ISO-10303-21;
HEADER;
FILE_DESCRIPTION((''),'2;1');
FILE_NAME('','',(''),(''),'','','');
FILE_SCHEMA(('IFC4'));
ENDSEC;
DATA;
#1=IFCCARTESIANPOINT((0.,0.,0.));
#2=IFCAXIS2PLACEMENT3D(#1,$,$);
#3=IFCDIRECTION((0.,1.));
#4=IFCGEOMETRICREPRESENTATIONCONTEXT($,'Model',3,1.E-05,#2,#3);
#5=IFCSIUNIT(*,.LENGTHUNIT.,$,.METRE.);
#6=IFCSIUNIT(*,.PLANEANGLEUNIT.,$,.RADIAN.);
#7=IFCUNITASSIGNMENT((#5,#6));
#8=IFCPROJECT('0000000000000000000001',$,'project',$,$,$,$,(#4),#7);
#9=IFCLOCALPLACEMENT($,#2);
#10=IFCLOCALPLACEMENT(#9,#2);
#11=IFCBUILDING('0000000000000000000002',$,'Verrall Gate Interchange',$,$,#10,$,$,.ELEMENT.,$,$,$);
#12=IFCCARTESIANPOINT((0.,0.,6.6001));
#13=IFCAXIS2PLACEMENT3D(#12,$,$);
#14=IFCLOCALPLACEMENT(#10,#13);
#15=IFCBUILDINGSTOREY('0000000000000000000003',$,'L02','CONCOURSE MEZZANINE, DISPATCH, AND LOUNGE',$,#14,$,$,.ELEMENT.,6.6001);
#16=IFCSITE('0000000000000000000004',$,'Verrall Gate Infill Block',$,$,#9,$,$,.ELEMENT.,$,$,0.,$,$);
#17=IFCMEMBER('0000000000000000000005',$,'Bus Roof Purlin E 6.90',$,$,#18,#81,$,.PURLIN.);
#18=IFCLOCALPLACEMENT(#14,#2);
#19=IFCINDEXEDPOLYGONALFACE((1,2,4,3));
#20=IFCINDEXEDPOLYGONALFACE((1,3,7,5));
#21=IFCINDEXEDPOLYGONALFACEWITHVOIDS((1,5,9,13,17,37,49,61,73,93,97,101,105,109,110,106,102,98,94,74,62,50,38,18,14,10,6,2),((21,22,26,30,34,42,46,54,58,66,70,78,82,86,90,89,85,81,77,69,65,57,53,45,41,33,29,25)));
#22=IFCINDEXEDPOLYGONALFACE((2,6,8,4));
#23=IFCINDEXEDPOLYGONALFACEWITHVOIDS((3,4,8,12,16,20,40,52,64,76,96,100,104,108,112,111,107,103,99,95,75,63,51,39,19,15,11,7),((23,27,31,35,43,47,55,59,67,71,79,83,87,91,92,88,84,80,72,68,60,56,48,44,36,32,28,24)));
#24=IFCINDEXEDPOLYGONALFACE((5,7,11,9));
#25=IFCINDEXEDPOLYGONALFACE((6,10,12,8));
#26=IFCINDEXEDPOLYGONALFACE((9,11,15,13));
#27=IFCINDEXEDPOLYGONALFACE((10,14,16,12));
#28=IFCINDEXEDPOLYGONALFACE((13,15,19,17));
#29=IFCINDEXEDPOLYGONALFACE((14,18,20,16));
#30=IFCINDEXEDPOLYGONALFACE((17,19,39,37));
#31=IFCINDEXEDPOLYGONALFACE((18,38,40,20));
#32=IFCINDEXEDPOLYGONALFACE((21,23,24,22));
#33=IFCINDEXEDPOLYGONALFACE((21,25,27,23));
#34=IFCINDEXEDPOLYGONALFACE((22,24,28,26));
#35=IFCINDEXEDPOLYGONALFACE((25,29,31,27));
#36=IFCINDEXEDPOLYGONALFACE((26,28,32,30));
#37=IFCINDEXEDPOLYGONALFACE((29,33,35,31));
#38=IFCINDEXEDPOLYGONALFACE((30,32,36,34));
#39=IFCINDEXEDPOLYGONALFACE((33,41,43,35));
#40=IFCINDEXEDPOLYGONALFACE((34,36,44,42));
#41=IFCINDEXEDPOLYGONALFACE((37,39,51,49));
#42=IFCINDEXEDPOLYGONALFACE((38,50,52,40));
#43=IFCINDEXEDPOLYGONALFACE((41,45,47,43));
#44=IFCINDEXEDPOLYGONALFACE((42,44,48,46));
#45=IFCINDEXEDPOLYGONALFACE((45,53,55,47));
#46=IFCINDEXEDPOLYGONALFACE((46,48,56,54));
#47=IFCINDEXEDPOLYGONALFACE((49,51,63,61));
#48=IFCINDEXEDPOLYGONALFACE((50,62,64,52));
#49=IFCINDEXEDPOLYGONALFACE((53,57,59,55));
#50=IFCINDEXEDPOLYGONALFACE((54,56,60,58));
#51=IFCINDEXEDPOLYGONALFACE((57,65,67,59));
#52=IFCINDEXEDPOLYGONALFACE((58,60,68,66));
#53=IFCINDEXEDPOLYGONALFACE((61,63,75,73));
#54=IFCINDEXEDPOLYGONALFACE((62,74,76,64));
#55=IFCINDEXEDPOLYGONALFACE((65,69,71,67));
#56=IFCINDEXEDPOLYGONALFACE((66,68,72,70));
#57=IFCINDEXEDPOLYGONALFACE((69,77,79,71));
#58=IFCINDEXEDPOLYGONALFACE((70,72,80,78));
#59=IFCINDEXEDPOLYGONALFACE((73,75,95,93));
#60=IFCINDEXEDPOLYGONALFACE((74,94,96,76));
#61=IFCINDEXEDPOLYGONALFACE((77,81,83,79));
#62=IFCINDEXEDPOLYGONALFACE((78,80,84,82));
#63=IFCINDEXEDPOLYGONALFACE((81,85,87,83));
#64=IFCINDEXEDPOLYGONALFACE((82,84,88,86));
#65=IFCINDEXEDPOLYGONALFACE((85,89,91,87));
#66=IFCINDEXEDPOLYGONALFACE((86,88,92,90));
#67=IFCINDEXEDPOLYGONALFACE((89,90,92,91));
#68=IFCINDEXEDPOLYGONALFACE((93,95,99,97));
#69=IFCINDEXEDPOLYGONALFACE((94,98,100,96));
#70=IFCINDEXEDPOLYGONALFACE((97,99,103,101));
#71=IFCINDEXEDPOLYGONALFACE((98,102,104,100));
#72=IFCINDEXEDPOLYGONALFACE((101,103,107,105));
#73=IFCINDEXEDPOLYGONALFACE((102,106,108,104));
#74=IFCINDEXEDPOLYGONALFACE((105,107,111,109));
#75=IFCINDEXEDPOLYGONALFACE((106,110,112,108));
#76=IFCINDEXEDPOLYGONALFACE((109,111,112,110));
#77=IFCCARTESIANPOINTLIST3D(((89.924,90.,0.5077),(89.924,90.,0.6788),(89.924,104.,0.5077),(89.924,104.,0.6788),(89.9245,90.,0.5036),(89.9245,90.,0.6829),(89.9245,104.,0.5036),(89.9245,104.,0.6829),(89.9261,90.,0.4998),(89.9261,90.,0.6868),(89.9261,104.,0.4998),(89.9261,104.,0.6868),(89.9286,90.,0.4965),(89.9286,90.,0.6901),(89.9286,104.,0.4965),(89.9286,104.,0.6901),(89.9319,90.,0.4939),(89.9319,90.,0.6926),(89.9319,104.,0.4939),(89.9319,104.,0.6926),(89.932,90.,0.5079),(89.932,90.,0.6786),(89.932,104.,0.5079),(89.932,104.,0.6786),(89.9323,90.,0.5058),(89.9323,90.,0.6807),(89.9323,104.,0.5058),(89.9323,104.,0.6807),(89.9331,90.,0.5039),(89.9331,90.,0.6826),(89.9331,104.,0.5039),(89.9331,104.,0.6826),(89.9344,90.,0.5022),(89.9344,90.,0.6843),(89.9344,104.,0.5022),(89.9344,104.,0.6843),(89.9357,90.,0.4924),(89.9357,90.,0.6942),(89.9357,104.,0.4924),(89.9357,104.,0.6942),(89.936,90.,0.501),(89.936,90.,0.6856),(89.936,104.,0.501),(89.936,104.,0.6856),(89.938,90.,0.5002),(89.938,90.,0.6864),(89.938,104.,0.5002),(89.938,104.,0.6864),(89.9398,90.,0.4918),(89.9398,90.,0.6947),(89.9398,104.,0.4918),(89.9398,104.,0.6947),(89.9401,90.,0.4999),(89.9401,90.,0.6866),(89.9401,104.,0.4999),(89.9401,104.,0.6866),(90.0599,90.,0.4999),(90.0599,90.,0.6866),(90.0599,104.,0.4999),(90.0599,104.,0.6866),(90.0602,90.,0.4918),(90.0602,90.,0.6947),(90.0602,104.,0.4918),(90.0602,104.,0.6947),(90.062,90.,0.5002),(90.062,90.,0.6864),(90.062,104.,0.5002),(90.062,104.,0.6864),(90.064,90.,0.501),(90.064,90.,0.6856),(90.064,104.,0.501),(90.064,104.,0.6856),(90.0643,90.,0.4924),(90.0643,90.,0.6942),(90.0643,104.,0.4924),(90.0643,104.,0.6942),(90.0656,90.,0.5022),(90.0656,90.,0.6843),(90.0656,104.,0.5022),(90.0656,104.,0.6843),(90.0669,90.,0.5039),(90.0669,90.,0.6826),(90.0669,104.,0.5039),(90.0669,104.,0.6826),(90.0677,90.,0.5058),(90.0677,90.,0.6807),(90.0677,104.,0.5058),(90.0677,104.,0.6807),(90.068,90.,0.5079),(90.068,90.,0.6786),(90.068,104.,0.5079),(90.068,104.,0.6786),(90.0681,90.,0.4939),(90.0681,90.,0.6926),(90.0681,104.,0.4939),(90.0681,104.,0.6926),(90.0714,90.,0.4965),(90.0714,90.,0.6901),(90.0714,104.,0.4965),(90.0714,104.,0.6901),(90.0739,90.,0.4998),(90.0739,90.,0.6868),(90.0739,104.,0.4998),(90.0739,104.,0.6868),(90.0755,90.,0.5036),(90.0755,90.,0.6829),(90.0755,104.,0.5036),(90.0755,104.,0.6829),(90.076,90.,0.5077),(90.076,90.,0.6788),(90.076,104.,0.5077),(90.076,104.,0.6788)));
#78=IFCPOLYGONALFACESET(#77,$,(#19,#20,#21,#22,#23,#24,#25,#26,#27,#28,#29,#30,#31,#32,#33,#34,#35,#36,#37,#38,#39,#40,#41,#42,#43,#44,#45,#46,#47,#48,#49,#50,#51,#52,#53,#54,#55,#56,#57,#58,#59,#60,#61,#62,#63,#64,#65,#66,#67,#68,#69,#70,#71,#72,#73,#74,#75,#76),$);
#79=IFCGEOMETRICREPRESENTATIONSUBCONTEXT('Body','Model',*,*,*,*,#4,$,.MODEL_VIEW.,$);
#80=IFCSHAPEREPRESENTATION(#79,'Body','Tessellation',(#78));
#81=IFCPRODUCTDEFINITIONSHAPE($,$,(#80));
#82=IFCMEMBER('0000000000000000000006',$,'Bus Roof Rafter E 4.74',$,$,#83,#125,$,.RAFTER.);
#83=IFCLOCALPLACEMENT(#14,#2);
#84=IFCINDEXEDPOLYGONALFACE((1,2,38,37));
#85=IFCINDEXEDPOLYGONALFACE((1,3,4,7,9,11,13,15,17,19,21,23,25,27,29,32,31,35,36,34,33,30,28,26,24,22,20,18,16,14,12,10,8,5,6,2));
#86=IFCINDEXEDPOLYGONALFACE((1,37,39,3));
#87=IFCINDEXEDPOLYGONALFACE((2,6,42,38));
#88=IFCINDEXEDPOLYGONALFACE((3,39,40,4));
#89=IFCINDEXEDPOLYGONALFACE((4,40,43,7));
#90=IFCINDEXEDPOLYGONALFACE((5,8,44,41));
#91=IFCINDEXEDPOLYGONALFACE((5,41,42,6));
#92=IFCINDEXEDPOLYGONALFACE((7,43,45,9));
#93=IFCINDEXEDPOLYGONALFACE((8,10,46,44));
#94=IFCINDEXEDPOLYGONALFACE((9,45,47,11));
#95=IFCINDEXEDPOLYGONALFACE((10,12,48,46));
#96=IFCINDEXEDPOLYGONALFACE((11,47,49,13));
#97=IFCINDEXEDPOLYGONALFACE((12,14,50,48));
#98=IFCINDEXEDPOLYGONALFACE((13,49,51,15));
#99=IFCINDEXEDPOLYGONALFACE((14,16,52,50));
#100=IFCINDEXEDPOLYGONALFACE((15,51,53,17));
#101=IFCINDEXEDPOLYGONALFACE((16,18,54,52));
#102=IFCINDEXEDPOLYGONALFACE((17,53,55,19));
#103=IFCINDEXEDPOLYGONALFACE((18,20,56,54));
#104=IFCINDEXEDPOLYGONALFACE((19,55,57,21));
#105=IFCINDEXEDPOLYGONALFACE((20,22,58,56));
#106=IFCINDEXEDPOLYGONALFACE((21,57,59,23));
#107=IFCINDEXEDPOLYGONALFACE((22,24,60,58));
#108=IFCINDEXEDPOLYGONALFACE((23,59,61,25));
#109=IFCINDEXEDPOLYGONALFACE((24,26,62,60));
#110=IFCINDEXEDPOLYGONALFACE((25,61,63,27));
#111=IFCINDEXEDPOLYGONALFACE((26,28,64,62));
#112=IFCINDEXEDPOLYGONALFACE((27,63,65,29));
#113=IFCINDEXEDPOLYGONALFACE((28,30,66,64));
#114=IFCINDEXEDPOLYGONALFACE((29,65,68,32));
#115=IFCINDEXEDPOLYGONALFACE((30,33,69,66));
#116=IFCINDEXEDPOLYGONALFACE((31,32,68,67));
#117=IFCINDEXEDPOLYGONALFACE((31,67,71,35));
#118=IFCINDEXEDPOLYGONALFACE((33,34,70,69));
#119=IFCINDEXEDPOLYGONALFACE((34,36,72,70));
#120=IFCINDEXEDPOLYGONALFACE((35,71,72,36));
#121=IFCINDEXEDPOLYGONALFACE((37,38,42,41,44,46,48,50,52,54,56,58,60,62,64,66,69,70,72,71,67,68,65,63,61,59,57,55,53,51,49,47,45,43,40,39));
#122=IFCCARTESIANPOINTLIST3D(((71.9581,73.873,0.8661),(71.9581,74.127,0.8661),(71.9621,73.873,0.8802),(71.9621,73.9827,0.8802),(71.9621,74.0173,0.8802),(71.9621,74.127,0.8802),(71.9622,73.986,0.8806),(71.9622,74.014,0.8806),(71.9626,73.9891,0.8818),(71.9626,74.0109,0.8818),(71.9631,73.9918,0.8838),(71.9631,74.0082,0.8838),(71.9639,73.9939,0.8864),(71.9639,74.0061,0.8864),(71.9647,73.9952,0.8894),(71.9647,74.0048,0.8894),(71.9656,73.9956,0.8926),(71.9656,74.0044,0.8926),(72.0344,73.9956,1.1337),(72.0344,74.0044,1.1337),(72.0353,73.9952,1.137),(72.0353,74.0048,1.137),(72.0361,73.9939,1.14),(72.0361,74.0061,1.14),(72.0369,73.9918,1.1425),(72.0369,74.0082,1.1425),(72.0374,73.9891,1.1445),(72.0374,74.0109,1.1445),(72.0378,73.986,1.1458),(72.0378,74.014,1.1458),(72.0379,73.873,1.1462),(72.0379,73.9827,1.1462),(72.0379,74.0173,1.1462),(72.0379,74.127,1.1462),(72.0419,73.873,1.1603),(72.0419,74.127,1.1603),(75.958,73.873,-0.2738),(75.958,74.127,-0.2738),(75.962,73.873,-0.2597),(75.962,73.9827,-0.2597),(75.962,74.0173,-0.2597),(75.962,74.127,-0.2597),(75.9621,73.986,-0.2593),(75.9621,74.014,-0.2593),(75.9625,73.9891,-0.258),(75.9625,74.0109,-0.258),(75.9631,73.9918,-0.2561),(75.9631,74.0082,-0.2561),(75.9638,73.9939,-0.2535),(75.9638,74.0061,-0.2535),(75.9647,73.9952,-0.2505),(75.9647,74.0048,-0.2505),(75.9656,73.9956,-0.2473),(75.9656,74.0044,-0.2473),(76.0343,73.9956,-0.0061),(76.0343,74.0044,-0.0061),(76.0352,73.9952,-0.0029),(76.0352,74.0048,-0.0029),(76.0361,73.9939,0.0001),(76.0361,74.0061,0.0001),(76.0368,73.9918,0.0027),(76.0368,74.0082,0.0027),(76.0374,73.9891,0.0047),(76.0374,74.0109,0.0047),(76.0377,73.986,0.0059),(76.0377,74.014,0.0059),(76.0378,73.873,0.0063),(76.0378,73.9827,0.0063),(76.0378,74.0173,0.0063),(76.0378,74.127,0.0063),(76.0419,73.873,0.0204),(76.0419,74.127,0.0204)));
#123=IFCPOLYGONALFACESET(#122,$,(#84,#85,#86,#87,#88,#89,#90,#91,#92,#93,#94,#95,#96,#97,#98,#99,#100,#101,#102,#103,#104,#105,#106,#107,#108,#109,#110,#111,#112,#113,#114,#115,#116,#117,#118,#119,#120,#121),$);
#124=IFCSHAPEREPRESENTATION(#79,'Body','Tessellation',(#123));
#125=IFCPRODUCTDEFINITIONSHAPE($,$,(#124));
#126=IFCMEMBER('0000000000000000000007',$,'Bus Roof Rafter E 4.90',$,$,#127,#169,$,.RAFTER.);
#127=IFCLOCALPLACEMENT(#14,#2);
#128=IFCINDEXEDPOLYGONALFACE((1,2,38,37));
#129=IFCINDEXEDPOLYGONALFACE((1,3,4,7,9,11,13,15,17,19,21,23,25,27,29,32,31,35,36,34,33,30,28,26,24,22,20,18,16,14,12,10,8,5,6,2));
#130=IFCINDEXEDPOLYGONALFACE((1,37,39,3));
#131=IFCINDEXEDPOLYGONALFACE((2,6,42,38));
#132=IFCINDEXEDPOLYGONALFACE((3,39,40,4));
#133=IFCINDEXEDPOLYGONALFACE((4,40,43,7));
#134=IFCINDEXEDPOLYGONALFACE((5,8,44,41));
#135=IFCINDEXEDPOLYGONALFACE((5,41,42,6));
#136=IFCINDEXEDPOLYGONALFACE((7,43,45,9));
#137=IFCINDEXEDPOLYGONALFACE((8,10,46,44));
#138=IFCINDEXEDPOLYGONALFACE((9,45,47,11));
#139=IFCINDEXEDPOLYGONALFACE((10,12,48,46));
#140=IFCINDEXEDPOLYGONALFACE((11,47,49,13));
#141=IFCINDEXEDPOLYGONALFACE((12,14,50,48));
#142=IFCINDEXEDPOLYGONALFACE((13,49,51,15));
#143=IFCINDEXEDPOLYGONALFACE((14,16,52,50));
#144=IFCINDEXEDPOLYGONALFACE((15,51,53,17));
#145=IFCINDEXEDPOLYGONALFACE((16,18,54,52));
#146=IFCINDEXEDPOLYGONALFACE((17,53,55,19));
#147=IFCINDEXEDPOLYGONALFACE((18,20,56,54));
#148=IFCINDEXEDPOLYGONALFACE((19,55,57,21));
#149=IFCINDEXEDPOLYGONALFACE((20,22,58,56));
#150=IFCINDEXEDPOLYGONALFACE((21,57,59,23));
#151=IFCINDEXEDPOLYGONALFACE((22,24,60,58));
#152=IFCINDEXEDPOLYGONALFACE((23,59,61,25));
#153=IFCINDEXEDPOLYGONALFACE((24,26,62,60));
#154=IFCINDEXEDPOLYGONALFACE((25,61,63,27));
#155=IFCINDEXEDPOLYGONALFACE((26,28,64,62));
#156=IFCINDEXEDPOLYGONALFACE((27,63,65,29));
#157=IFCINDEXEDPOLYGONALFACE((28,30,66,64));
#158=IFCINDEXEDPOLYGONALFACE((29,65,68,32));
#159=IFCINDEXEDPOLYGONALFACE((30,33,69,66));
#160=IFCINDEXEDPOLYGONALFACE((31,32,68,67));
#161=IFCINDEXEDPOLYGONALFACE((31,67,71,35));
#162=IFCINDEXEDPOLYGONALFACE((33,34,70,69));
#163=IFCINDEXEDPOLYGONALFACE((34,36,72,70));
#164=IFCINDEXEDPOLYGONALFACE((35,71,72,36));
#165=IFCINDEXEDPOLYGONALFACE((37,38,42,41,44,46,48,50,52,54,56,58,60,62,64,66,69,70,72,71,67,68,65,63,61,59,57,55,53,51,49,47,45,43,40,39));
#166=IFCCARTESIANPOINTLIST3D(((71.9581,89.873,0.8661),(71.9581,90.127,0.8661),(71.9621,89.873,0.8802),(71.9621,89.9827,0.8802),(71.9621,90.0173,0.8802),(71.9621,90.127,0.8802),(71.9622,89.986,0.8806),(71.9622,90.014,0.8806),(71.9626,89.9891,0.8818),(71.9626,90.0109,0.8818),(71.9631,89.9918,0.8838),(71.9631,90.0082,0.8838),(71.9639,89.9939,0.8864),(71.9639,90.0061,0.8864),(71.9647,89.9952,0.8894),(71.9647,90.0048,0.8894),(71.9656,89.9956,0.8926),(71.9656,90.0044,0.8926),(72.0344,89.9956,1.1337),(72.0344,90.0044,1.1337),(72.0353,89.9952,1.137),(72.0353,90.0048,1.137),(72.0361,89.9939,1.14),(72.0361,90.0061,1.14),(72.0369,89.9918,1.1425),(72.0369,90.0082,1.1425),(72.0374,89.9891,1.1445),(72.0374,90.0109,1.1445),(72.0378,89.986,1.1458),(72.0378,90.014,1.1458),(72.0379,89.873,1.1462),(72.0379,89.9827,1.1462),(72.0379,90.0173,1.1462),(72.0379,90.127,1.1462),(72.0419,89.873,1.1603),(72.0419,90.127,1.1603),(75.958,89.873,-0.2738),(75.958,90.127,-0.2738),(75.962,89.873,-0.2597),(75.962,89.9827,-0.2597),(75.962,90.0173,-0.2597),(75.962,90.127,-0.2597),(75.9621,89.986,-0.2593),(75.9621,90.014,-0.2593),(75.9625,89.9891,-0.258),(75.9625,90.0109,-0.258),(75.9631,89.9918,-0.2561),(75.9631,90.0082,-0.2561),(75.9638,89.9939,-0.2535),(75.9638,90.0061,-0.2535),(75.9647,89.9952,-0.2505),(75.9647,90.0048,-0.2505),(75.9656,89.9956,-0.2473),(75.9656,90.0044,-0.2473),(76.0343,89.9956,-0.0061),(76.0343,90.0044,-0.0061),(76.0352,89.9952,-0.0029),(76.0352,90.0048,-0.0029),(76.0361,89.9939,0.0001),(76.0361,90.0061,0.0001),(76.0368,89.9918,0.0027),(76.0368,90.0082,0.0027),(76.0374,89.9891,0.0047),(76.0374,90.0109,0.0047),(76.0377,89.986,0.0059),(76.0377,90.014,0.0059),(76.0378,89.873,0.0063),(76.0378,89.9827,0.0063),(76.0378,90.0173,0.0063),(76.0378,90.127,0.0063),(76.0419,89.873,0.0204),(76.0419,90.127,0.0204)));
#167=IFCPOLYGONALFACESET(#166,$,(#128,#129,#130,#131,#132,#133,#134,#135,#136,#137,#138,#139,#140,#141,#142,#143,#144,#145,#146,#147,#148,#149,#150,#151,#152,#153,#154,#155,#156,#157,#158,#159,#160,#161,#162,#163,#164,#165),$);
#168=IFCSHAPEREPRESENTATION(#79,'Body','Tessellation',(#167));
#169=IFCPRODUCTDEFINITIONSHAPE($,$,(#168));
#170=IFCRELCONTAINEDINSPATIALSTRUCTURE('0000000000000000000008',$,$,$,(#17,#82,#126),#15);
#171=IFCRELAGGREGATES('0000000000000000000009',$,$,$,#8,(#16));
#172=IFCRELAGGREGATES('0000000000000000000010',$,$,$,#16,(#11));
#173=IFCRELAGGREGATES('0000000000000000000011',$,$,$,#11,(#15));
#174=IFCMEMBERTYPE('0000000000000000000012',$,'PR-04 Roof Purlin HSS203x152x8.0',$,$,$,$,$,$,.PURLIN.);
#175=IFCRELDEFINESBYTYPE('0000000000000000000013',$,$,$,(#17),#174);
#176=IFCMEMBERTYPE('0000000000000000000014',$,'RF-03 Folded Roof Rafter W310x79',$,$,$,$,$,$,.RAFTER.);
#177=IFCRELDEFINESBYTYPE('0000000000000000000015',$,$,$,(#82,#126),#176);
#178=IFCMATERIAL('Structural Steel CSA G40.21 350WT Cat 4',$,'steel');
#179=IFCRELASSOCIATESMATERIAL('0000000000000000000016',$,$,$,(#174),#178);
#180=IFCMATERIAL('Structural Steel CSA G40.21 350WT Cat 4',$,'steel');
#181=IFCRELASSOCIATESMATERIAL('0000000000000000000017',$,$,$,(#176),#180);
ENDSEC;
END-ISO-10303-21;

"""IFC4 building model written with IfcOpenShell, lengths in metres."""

from ifc_helpers import new_model, si_unit, direction, frame, origin, origin_2d, place, context, subcontext, project, spatial, hollow_rectangle, i_section, extrude, material, material_profile, profile_set, type_object, element, save


model = new_model("IFC4")

# Units and contexts
model_context = context("Model", 3, precision=1e-05, world=origin(), true_north=direction((0.0, 1.0)))
body_context = subcontext(model_context, "Body", "Model", "MODEL_VIEW")
ifc_project = project(units=[si_unit("LENGTHUNIT", "METRE"), si_unit("PLANEANGLEUNIT", "RADIAN")], contexts=[model_context])

# Site, building, storey
site_placement = place(None, origin())
site = spatial("IfcSite", under=ifc_project, at=site_placement, Name="Verrall Gate Infill Block", CompositionType="ELEMENT", RefElevation=0.0)
building_placement = place(site_placement, origin())
building = spatial("IfcBuilding", under=site, at=building_placement, Name="Verrall Gate Interchange", CompositionType="ELEMENT")
storey_placement = place(building_placement, frame((0.0, 0.0, 6.6001)))
storey = spatial("IfcBuildingStorey", under=building, at=storey_placement, Name="L02", Description="CONCOURSE MEZZANINE, DISPATCH, AND LOUNGE", CompositionType="ELEMENT", Elevation=6.6001)

# Members
ifc_material_1 = material(Name="Structural Steel CSA G40.21 350WT Cat 4", Category="steel")
ifc_material_profile_1 = material_profile(ifc_material_1, hollow_rectangle(XDim=0.1521, YDim=0.2029, WallThickness=0.0081, InnerFilletRadius=0.0081, OuterFilletRadius=0.0159, at=origin_2d()), Name="HSS203x152x8.0")
ifc_profile_set_1 = profile_set([ifc_material_profile_1], Name="Structural Steel CSA G40.21 350WT Cat 4")
member_type_1 = type_object("IfcMemberType", Name="PR-04 Roof Purlin HSS203x152x8.0", PredefinedType="PURLIN", material=ifc_profile_set_1)
member_1_placement = place(storey_placement, frame((90.0, 90.0, 0.5933), z_axis=(0.0, 1.0, 0.0), x_axis=(-1.0, 0.0, 0.0)))
element("IfcMember", 1, at=member_1_placement, inside=storey, type_object=member_type_1, Name="Bus Roof Purlin E 6.90", PredefinedType="PURLIN", context=body_context, shape_type="SweptSolid", body=[
    extrude(hollow_rectangle(XDim=0.1521, YDim=0.2029, WallThickness=0.0081, InnerFilletRadius=0.0081, OuterFilletRadius=0.0159, at=origin_2d()), origin(), (0.0, 0.0, 1.0), 14.0),
])
ifc_material_2 = material(Name="Structural Steel CSA G40.21 350WT Cat 4", Category="steel")
ifc_material_profile_2 = material_profile(ifc_material_2, i_section(OverallWidth=0.2539, OverallDepth=0.3059, WebThickness=0.0088, FlangeThickness=0.0146, FilletRadius=0.0129, at=origin_2d()), Name="W310x79")
ifc_profile_set_2 = profile_set([ifc_material_profile_2], Name="Structural Steel CSA G40.21 350WT Cat 4")
member_type_2 = type_object("IfcMemberType", Name="RF-03 Folded Roof Rafter W310x79", PredefinedType="RAFTER", material=ifc_profile_set_2)
for number, where, z_axis, x_axis, name in (
    (2, (72.0, 74.0, 1.0132), (0.961712, 0.0, -0.274062), (0.0, 1.0, 0.0), "Bus Roof Rafter E 4.74"),
    (3, (72.0, 90.0, 1.0132), (0.961712, 0.0, -0.274062), (0.0, 1.0, 0.0), "Bus Roof Rafter E 4.90"),
):
    element("IfcMember", number, at=place(storey_placement, frame(where, z_axis=z_axis, x_axis=x_axis)), inside=storey, type_object=member_type_2, Name=name, PredefinedType="RAFTER", context=body_context, shape_type="SweptSolid", body=[
        extrude(i_section(OverallWidth=0.2539, OverallDepth=0.3059, WebThickness=0.0088, FlangeThickness=0.0146, FilletRadius=0.0129, at=origin_2d()), origin(), (0.0, 0.0, 1.0), 4.1592),
    ])

save(model, "model.ifc")
